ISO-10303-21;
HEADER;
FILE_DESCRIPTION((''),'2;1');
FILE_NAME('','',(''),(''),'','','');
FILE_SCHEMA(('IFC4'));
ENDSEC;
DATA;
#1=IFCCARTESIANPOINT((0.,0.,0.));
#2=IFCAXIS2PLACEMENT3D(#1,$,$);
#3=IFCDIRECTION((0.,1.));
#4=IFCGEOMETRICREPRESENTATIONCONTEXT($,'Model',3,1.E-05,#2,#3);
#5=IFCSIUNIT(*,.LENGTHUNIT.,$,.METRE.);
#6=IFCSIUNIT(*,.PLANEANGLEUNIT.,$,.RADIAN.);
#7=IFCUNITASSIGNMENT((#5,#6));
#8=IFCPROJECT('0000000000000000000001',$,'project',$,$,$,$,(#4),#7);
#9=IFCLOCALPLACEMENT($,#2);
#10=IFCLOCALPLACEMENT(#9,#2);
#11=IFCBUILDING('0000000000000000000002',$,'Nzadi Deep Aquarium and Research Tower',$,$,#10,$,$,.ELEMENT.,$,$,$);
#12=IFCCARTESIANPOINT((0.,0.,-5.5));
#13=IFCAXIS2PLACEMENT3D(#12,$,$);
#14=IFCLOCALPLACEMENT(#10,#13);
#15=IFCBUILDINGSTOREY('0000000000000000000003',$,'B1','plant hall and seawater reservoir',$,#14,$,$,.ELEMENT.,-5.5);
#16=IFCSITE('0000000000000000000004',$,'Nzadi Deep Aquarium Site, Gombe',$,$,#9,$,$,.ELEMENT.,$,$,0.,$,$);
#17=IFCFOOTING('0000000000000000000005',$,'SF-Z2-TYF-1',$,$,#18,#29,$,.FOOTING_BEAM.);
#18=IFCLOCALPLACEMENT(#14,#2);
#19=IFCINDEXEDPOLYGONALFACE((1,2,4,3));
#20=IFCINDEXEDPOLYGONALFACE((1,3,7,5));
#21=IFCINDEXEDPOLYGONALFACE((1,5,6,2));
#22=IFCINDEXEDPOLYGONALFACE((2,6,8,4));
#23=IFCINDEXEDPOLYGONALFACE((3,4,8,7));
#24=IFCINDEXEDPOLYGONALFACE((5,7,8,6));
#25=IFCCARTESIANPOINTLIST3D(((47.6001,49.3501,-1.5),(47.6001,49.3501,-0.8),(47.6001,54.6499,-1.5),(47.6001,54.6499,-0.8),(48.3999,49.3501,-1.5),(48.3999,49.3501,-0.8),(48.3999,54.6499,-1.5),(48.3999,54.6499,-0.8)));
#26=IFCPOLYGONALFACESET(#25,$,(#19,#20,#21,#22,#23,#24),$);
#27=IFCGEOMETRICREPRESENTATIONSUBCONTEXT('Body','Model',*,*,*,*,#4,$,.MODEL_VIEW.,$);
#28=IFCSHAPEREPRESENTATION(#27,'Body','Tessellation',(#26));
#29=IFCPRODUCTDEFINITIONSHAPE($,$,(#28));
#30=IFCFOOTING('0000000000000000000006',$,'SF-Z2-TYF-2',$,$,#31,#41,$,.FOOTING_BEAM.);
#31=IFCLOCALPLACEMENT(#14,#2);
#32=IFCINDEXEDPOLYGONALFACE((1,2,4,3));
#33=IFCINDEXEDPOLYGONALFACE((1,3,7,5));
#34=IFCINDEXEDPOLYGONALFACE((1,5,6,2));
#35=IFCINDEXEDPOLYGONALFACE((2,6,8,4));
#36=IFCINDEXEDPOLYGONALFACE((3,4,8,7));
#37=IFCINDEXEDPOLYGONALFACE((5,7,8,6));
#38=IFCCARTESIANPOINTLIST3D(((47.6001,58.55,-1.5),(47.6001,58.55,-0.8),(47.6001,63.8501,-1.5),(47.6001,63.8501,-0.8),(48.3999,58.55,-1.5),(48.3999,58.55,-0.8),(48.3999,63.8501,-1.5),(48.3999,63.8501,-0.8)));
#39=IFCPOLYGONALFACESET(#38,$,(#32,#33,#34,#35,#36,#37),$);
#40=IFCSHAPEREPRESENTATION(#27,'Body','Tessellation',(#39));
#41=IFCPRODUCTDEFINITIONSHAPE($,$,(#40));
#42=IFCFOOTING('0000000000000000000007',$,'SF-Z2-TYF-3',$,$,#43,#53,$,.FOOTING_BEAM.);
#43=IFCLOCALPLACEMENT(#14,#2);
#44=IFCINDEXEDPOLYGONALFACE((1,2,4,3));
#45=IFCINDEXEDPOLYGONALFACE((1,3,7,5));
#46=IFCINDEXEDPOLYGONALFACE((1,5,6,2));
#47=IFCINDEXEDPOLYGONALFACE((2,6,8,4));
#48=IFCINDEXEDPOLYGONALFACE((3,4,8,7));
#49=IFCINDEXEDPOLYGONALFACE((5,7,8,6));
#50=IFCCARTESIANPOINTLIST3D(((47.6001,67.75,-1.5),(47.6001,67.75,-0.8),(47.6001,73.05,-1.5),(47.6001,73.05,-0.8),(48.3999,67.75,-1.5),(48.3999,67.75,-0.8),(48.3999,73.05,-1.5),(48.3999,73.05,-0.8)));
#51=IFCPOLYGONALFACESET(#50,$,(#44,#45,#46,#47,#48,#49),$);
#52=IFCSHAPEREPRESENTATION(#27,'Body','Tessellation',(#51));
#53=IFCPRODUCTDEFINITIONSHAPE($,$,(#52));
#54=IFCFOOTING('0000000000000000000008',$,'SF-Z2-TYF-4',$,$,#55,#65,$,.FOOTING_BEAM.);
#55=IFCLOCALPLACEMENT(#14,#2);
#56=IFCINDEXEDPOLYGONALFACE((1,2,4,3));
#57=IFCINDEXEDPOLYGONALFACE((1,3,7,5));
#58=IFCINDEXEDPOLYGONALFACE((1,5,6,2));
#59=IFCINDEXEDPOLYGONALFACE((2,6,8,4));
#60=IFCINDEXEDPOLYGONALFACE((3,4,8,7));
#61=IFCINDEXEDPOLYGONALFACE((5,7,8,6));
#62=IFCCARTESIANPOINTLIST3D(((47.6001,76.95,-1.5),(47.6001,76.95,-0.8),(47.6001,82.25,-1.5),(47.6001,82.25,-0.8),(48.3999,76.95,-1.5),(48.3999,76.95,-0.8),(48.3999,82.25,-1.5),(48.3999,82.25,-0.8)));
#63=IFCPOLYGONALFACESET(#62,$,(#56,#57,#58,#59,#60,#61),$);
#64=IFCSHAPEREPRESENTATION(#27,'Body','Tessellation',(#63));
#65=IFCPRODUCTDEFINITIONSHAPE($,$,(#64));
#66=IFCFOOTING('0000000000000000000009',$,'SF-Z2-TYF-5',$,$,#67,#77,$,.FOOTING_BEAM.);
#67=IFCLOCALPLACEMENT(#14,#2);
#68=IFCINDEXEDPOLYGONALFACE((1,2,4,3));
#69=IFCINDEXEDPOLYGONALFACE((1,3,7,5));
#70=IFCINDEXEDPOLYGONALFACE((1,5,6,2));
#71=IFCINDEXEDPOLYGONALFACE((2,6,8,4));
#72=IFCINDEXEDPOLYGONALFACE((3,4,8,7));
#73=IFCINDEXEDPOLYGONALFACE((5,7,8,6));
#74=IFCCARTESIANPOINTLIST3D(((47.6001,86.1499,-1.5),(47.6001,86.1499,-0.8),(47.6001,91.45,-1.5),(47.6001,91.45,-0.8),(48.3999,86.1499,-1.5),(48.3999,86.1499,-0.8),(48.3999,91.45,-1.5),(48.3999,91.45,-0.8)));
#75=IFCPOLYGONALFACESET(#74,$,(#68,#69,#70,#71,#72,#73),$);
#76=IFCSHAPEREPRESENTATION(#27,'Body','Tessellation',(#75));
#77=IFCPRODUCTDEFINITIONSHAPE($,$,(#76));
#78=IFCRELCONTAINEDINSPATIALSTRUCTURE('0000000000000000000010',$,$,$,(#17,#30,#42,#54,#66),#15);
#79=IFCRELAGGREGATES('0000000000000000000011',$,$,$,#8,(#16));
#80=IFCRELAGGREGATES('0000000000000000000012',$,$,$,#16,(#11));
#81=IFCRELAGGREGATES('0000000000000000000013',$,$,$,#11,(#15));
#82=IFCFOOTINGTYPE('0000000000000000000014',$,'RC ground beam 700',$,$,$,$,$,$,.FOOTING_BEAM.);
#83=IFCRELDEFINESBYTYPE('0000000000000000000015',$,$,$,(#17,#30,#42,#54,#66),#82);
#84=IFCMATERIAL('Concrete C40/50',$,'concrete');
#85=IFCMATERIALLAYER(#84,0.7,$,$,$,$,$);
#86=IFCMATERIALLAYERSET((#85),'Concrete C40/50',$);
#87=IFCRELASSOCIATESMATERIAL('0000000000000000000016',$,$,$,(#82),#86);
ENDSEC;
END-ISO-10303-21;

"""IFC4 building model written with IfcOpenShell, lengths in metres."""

from ifc_helpers import new_model, si_unit, direction, frame, origin, place, context, subcontext, project, spatial, polyline, outline, extrude, material, layer, layer_set, type_object, element, save


model = new_model("IFC4")

# Units and contexts
model_context = context("Model", 3, precision=1e-05, world=origin(), true_north=direction((0.0, 1.0)))
body_context = subcontext(model_context, "Body", "Model", "MODEL_VIEW")
ifc_project = project(units=[si_unit("LENGTHUNIT", "METRE"), si_unit("PLANEANGLEUNIT", "RADIAN")], contexts=[model_context])

# Site, building, storey
site_placement = place(None, origin())
site = spatial("IfcSite", under=ifc_project, at=site_placement, Name="Nzadi Deep Aquarium Site, Gombe", CompositionType="ELEMENT", RefElevation=0.0)
building_placement = place(site_placement, origin())
building = spatial("IfcBuilding", under=site, at=building_placement, Name="Nzadi Deep Aquarium and Research Tower", CompositionType="ELEMENT")
storey_placement = place(building_placement, frame((0.0, 0.0, -5.5)))
storey = spatial("IfcBuildingStorey", under=building, at=storey_placement, Name="B1", Description="plant hall and seawater reservoir", CompositionType="ELEMENT", Elevation=-5.5)

# Footings
ifc_material = material(Name="Concrete C40/50", Category="concrete")
ifc_layer = layer(ifc_material, 0.7)
ifc_layer_set = layer_set([ifc_layer], Name="Concrete C40/50")
footing_type = type_object("IfcFootingType", Name="RC ground beam 700", PredefinedType="FOOTING_BEAM", material=ifc_layer_set)
footing_1_placement = place(storey_placement, frame((0.0, 0.0, -1.5)))
element("IfcFooting", 1, at=footing_1_placement, inside=storey, type_object=footing_type, Name="SF-Z2-TYF-1", PredefinedType="FOOTING_BEAM", context=body_context, shape_type="SweptSolid", body=[
    extrude(outline(polyline([(48.3999, 49.3501), (48.3999, 54.6499), (47.6001, 54.6499), (47.6001, 49.3501), (48.3999, 49.3501)])), origin(), (0.0, 0.0, 1.0), 0.7),
])
footing_2_placement = place(storey_placement, frame((0.0, 0.0, -1.5)))
element("IfcFooting", 2, at=footing_2_placement, inside=storey, type_object=footing_type, Name="SF-Z2-TYF-2", PredefinedType="FOOTING_BEAM", context=body_context, shape_type="SweptSolid", body=[
    extrude(outline(polyline([(48.3999, 58.55), (48.3999, 63.8501), (47.6001, 63.8501), (47.6001, 58.55), (48.3999, 58.55)])), origin(), (0.0, 0.0, 1.0), 0.7),
])
footing_3_placement = place(storey_placement, frame((0.0, 0.0, -1.5)))
element("IfcFooting", 3, at=footing_3_placement, inside=storey, type_object=footing_type, Name="SF-Z2-TYF-3", PredefinedType="FOOTING_BEAM", context=body_context, shape_type="SweptSolid", body=[
    extrude(outline(polyline([(48.3999, 67.75), (48.3999, 73.05), (47.6001, 73.05), (47.6001, 67.75), (48.3999, 67.75)])), origin(), (0.0, 0.0, 1.0), 0.7),
])
footing_4_placement = place(storey_placement, frame((0.0, 0.0, -1.5)))
element("IfcFooting", 4, at=footing_4_placement, inside=storey, type_object=footing_type, Name="SF-Z2-TYF-4", PredefinedType="FOOTING_BEAM", context=body_context, shape_type="SweptSolid", body=[
    extrude(outline(polyline([(48.3999, 76.95), (48.3999, 82.25), (47.6001, 82.25), (47.6001, 76.95), (48.3999, 76.95)])), origin(), (0.0, 0.0, 1.0), 0.7),
])
footing_5_placement = place(storey_placement, frame((0.0, 0.0, -1.5)))
element("IfcFooting", 5, at=footing_5_placement, inside=storey, type_object=footing_type, Name="SF-Z2-TYF-5", PredefinedType="FOOTING_BEAM", context=body_context, shape_type="SweptSolid", body=[
    extrude(outline(polyline([(48.3999, 86.1499), (48.3999, 91.45), (47.6001, 91.45), (47.6001, 86.1499), (48.3999, 86.1499)])), origin(), (0.0, 0.0, 1.0), 0.7),
])

save(model, "model.ifc")
